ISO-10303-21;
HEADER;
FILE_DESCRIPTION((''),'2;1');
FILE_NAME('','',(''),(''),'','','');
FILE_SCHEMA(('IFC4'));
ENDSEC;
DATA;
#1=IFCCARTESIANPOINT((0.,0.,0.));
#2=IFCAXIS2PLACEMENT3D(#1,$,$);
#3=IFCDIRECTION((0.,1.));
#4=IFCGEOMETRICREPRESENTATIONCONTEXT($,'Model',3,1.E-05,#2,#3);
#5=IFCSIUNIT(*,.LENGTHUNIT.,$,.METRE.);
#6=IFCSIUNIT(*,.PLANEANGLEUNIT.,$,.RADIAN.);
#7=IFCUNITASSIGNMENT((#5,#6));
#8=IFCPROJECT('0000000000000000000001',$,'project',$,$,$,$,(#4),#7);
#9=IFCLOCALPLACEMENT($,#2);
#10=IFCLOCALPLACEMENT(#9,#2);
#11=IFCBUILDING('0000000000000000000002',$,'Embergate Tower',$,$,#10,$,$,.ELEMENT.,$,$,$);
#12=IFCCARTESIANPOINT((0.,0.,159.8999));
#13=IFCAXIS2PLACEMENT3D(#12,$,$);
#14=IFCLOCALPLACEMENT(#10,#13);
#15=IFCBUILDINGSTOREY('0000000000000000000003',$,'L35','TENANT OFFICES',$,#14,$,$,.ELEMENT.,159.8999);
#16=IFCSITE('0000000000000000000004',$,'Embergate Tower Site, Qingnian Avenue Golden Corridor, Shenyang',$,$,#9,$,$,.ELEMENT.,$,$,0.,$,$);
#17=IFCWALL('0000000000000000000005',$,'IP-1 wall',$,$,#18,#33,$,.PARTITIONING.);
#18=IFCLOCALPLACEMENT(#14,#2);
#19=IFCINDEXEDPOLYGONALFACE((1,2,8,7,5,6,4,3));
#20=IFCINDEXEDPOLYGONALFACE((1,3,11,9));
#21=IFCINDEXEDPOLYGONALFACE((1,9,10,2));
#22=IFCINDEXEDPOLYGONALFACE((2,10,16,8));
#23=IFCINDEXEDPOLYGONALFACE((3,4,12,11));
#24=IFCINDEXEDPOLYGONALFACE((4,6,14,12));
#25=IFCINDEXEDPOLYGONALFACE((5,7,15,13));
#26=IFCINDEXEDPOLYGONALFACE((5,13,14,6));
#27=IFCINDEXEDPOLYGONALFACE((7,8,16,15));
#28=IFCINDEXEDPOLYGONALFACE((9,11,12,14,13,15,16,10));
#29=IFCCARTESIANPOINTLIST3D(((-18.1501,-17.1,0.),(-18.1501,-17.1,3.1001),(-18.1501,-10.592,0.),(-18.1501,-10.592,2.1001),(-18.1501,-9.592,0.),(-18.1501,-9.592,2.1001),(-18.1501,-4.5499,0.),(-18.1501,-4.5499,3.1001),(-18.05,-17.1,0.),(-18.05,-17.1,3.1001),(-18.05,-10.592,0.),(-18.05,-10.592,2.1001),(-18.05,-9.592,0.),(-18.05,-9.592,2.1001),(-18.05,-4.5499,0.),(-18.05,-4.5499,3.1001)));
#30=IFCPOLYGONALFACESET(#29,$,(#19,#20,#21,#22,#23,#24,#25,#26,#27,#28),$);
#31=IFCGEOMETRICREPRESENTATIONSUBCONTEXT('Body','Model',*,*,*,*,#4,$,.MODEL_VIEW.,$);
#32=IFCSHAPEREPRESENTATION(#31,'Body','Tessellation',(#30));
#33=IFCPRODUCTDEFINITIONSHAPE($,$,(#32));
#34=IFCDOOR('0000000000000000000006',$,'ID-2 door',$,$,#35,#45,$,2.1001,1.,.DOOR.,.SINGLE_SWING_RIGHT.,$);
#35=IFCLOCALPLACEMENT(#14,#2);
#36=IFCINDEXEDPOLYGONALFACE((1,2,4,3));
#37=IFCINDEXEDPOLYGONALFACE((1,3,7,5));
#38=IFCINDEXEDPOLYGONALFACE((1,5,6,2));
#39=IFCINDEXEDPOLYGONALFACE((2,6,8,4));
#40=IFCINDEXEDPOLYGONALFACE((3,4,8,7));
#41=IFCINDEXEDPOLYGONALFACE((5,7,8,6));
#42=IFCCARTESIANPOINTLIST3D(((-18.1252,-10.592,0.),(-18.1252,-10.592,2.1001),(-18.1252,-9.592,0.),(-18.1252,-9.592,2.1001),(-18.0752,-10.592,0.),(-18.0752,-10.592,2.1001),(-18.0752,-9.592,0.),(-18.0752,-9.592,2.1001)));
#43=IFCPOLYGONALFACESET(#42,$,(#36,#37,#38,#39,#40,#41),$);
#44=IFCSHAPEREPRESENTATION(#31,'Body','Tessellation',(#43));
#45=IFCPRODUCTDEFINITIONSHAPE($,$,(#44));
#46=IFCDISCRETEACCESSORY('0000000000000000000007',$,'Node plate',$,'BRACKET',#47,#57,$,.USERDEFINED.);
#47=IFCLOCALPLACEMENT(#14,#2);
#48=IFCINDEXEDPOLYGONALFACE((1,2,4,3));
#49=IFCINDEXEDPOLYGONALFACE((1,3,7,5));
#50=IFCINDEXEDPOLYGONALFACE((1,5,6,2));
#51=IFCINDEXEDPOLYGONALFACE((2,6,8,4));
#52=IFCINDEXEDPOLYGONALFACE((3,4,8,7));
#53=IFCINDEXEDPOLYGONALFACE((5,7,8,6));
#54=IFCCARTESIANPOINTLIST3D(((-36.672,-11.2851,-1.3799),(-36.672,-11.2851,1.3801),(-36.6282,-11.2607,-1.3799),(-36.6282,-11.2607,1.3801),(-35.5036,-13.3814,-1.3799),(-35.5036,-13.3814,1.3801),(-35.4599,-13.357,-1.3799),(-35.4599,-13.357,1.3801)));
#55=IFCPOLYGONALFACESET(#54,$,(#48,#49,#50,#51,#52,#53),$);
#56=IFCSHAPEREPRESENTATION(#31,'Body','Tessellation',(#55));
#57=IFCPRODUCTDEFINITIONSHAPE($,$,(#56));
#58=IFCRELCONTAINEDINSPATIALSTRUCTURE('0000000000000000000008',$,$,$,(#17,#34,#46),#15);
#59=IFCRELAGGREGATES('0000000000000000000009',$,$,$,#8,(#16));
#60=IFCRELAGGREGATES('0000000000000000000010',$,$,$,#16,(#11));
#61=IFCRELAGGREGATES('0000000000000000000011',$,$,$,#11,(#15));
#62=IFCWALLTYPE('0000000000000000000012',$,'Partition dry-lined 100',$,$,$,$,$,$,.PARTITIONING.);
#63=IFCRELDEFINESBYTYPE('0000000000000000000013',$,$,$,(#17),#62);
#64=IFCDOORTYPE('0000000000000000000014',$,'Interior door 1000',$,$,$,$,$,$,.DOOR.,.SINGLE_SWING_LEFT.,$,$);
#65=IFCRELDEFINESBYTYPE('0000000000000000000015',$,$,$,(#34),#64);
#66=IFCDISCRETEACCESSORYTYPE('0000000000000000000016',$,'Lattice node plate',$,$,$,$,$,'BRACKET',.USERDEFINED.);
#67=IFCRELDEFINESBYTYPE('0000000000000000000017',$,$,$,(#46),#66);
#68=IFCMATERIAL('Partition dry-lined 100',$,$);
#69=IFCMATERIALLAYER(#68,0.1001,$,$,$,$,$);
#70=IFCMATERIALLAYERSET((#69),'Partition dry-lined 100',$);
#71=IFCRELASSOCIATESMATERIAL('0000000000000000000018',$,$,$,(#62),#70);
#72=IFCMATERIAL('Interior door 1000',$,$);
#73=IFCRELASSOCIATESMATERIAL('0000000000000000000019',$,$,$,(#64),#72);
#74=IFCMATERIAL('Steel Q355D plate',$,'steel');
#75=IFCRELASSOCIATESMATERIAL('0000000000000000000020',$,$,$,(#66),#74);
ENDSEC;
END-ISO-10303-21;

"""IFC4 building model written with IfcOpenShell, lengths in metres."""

from ifc_helpers import new_model, si_unit, direction, frame, frame_2d, origin, origin_2d, place, context, subcontext, project, spatial, rectangle, extrude, source, transform, mapped, material, layer, layer_set, type_object, element, fill, save


model = new_model("IFC4")

# Units and contexts
model_context = context("Model", 3, precision=1e-05, world=origin(), true_north=direction((0.0, 1.0)))
body_context = subcontext(model_context, "Body", "Model", "MODEL_VIEW")
ifc_project = project(units=[si_unit("LENGTHUNIT", "METRE"), si_unit("PLANEANGLEUNIT", "RADIAN")], contexts=[model_context])

# Site, building, storey
site_placement = place(None, origin())
site = spatial("IfcSite", under=ifc_project, at=site_placement, Name="Embergate Tower Site, Qingnian Avenue Golden Corridor, Shenyang", CompositionType="ELEMENT", RefElevation=0.0)
building_placement = place(site_placement, origin())
building = spatial("IfcBuilding", under=site, at=building_placement, Name="Embergate Tower", CompositionType="ELEMENT")
storey_placement = place(building_placement, frame((0.0, 0.0, 159.8999)))
storey = spatial("IfcBuildingStorey", under=building, at=storey_placement, Name="L35", Description="TENANT OFFICES", CompositionType="ELEMENT", Elevation=159.8999)

# Shared definitions
ifc_material_1 = material(Name="Partition dry-lined 100")
ifc_layer_1 = layer(ifc_material_1, 0.1001)
ifc_layer_set_1 = layer_set([ifc_layer_1], Name="Partition dry-lined 100")
wall_type_1 = type_object("IfcWallType", Name="Partition dry-lined 100", PredefinedType="PARTITIONING", material=ifc_layer_set_1)

# Wall, opening, door
shared_shape_1 = source(origin(), body_context, "Body", "SweptSolid", [
    extrude(rectangle(XDim=12.55, YDim=0.1001, at=frame_2d((6.2749, 0.0))), origin(), (0.0, 0.0, 1.0), 3.1001),
])
wall_1_placement = place(storey_placement, frame((-18.1001, -4.55, 0.0), z_axis=(0.0, 0.0, 1.0), x_axis=(0.0, -1.0, 0.0)))
wall_1 = element("IfcWall", 1, at=wall_1_placement, inside=storey, type_object=wall_type_1, Name="IP-1 wall", PredefinedType="PARTITIONING", context=body_context, shape_type="MappedRepresentation", body=[
    mapped(shared_shape_1, transform((0.0, 0.0, 0.0))),
])
shared_shape_2 = source(origin(), body_context, "Body", "SweptSolid", [
    extrude(rectangle(XDim=1.0, YDim=2.1001, at=frame_2d((0.5, 1.05))), frame((0.0, 0.0601, 0.0), z_axis=(0.0, -1.0, 0.0), x_axis=(1.0, 0.0, 0.0)), (0.0, 0.0, 1.0), 0.1201),
])
opening_1_placement = place(wall_1_placement, frame((5.042, 0.0, 0.0)))
opening_1 = element("IfcOpeningElement", 2, at=opening_1_placement, cuts=wall_1, PredefinedType="OPENING", context=body_context, shape_type="MappedRepresentation", body=[
    mapped(shared_shape_2, transform((0.0, 0.0, 0.0))),
])
ifc_material_2 = material(Name="Interior door 1000")
door_type_1 = type_object("IfcDoorType", Name="Interior door 1000", OperationType="SINGLE_SWING_LEFT", PredefinedType="DOOR", material=ifc_material_2)
shared_shape_3 = source(origin(), body_context, "Body", "SweptSolid", [
    extrude(rectangle(XDim=1.0, YDim=2.1001, at=frame_2d((0.5, 1.05))), frame((0.0, 0.0249, 0.0), z_axis=(0.0, -1.0, 0.0), x_axis=(1.0, 0.0, 0.0)), (0.0, 0.0, 1.0), 0.05),
])
door_1_placement = place(opening_1_placement, origin())
door_1 = element("IfcDoor", 3, at=door_1_placement, inside=storey, type_object=door_type_1, Name="ID-2 door", OperationType="SINGLE_SWING_RIGHT", OverallHeight=2.1001, OverallWidth=1.0, PredefinedType="DOOR", context=body_context, shape_type="MappedRepresentation", body=[
    mapped(shared_shape_3, transform((0.0, 0.0, 0.0))),
])
fill(opening_1, door_1)

# Discrete accessory
ifc_material_3 = material(Name="Steel Q355D plate", Category="steel")
discrete_accessory_type = type_object("IfcDiscreteAccessoryType", Name="Lattice node plate", ElementType="BRACKET", PredefinedType="USERDEFINED", material=ifc_material_3)
shared_shape_4 = source(origin(), body_context, "Body", "SweptSolid", [
    extrude(rectangle(XDim=2.3999, YDim=0.05, at=origin_2d()), origin(), (0.0, 0.0, 1.0), 2.76),
])
discrete_accessory_placement = place(storey_placement, frame((-36.0659, -12.321, -1.3799), z_axis=(0.0, 0.0, 1.0), x_axis=(0.486839, -0.873492, 0.0)))
element("IfcDiscreteAccessory", 4, at=discrete_accessory_placement, inside=storey, type_object=discrete_accessory_type, Name="Node plate", ObjectType="BRACKET", PredefinedType="USERDEFINED", context=body_context, shape_type="MappedRepresentation", body=[
    mapped(shared_shape_4, transform((0.0, 0.0, 0.0))),
])

save(model, "model.ifc")
